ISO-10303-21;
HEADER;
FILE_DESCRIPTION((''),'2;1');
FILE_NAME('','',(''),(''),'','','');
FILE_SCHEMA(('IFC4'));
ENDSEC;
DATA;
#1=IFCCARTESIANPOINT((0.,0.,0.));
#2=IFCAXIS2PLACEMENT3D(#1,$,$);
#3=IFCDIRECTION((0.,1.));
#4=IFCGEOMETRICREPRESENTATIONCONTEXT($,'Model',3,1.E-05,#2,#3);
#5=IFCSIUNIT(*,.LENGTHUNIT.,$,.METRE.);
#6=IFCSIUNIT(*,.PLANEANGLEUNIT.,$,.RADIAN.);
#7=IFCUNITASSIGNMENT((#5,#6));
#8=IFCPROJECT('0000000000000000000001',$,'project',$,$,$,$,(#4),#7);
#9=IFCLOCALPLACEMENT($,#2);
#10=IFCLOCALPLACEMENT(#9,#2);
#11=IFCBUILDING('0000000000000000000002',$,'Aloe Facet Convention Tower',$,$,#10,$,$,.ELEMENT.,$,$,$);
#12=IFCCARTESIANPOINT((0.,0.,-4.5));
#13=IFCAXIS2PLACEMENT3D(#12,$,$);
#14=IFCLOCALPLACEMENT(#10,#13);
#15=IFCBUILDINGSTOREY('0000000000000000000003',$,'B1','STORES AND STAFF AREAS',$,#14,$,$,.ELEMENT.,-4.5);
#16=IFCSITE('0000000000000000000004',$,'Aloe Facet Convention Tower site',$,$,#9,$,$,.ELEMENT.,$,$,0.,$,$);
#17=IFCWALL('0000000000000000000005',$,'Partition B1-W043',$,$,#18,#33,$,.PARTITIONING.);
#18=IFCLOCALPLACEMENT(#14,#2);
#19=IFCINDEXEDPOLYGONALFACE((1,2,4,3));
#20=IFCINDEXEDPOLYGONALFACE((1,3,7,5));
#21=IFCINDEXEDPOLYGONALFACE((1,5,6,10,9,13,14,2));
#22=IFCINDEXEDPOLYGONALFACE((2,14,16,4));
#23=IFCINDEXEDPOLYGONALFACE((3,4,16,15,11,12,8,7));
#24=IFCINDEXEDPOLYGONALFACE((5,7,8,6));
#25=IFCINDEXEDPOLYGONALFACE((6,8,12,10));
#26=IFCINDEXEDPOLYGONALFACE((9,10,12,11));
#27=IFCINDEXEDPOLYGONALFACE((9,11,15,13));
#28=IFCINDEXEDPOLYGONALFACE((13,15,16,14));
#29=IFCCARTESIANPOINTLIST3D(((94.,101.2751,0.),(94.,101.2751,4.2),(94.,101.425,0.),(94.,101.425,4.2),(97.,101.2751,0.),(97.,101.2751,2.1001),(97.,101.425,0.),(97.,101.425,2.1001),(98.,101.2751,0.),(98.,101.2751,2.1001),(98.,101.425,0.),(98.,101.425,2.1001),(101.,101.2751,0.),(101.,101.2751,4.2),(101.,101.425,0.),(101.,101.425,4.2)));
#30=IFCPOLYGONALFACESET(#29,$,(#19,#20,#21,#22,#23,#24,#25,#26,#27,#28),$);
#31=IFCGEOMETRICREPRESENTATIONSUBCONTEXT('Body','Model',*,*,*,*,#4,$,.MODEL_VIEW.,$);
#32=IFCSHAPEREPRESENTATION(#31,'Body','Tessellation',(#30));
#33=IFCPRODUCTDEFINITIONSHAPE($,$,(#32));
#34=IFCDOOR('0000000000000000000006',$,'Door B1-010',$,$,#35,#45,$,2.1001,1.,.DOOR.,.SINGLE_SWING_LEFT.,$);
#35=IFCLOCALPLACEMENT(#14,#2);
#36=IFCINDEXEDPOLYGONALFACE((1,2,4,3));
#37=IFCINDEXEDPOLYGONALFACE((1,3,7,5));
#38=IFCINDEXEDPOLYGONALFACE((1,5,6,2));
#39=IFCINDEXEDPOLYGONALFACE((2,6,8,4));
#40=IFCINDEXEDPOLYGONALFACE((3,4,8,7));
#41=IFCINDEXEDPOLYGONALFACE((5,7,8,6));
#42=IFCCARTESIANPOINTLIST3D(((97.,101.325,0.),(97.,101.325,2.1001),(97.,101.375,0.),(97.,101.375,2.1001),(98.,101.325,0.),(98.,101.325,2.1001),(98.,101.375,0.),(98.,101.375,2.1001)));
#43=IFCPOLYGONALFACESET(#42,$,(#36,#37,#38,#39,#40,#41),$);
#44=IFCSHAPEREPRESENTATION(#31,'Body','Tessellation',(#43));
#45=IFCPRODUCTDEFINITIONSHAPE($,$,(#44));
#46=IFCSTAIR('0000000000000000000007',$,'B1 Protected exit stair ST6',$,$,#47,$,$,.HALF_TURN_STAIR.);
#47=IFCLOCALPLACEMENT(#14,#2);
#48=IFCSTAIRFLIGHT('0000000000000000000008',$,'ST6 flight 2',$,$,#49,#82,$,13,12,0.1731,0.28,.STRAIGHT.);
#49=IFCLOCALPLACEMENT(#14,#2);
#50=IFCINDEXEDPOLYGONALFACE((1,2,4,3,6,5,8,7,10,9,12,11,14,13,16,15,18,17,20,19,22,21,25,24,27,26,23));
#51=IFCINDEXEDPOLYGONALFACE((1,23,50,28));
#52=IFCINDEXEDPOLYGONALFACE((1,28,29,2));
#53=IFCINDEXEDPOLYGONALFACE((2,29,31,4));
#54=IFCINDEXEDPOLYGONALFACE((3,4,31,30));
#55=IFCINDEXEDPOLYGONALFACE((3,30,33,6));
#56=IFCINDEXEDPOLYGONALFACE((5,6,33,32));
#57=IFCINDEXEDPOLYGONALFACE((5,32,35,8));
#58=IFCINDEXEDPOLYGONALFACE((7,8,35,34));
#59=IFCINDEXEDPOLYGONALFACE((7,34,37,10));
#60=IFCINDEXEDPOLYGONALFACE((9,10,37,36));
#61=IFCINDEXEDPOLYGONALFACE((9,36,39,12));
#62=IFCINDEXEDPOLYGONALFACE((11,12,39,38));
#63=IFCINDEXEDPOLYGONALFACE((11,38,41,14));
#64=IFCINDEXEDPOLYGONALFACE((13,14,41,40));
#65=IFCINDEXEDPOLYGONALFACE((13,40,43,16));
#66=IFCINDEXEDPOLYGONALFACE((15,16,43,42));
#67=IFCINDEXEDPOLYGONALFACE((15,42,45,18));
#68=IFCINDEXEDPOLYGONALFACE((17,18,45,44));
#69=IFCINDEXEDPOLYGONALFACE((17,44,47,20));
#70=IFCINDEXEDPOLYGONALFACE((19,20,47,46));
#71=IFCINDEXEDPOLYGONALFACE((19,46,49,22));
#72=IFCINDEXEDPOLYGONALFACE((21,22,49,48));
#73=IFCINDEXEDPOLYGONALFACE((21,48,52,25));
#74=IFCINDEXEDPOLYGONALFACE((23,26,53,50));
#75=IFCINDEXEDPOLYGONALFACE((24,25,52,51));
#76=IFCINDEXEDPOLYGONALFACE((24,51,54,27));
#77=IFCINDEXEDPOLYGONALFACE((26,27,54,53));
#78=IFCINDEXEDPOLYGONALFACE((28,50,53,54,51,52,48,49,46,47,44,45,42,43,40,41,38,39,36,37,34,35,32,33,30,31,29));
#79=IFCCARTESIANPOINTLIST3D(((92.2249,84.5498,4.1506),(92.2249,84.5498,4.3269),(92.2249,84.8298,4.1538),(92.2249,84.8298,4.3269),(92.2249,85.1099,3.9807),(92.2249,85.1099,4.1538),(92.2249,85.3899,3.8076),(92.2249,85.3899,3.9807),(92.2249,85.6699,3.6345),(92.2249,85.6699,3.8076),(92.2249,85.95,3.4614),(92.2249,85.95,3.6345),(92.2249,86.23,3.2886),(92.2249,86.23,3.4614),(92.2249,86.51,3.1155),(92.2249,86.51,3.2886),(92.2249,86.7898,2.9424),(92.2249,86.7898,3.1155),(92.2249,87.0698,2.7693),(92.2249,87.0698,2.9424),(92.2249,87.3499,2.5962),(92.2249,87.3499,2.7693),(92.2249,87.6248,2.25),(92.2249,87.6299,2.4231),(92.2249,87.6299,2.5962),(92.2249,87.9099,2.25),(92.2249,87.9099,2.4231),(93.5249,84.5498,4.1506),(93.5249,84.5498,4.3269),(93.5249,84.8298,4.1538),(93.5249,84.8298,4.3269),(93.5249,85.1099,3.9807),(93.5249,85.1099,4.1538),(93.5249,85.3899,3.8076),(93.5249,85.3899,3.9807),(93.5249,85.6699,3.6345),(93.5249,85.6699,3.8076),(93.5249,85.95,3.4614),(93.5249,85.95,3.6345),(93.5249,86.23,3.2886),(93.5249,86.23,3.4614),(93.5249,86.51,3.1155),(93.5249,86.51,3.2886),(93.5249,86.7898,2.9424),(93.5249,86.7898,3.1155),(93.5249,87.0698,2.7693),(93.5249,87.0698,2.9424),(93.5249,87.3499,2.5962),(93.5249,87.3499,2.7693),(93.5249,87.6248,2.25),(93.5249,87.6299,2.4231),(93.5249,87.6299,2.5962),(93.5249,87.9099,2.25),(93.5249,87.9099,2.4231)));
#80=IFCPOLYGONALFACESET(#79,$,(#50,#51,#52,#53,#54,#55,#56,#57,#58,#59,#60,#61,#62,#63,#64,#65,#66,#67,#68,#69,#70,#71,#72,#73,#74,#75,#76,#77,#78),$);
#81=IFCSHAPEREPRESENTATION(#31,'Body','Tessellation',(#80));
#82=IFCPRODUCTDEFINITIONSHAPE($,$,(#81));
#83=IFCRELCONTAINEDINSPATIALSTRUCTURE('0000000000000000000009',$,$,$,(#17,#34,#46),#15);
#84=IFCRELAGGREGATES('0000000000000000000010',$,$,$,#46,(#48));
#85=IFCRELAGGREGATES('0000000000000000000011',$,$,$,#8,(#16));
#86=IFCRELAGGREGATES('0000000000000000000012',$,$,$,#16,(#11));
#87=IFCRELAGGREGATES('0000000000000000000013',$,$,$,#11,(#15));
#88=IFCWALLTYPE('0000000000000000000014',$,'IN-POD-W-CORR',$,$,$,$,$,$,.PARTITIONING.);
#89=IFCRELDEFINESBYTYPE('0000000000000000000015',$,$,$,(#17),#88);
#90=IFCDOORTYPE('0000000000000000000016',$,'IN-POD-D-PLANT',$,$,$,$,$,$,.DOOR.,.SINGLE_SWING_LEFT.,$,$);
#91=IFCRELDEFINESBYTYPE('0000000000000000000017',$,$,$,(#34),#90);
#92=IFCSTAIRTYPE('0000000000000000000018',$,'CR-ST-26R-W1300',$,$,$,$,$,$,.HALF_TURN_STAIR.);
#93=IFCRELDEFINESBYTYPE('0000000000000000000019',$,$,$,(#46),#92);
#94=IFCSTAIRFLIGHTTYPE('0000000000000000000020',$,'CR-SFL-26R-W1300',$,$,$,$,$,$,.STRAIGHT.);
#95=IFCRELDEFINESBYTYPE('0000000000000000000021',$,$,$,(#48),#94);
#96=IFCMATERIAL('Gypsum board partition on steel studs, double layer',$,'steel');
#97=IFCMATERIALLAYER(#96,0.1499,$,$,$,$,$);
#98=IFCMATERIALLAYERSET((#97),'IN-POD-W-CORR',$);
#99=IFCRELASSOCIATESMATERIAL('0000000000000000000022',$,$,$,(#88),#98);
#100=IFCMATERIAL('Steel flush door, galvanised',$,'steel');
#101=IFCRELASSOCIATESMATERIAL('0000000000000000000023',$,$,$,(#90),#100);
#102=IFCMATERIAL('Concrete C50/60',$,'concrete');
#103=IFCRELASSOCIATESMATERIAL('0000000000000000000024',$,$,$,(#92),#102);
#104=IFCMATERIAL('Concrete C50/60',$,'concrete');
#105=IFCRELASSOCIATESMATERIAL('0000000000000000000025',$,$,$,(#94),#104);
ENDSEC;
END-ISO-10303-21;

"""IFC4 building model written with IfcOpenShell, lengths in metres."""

from ifc_helpers import new_model, si_unit, direction, frame, frame_2d, origin, place, context, subcontext, project, spatial, polyline, rectangle, outline, extrude, material, layer, layer_set, type_object, element, fill, aggregate, save


model = new_model("IFC4")

# Units and contexts
model_context = context("Model", 3, precision=1e-05, world=origin(), true_north=direction((0.0, 1.0)))
body_context = subcontext(model_context, "Body", "Model", "MODEL_VIEW")
ifc_project = project(units=[si_unit("LENGTHUNIT", "METRE"), si_unit("PLANEANGLEUNIT", "RADIAN")], contexts=[model_context])

# Site, building, storey
site_placement = place(None, origin())
site = spatial("IfcSite", under=ifc_project, at=site_placement, Name="Aloe Facet Convention Tower site", CompositionType="ELEMENT", RefElevation=0.0)
building_placement = place(site_placement, origin())
building = spatial("IfcBuilding", under=site, at=building_placement, Name="Aloe Facet Convention Tower", CompositionType="ELEMENT")
storey_placement = place(building_placement, frame((0.0, 0.0, -4.5)))
storey = spatial("IfcBuildingStorey", under=building, at=storey_placement, Name="B1", Description="STORES AND STAFF AREAS", CompositionType="ELEMENT", Elevation=-4.5)

# Shared definitions
ifc_material_1 = material(Name="Gypsum board partition on steel studs, double layer", Category="steel")
ifc_layer_1 = layer(ifc_material_1, 0.1499)
ifc_layer_set_1 = layer_set([ifc_layer_1], Name="IN-POD-W-CORR")
wall_type_1 = type_object("IfcWallType", Name="IN-POD-W-CORR", PredefinedType="PARTITIONING", material=ifc_layer_set_1)

# Shared definitions
ifc_material_2 = material(Name="Steel flush door, galvanised", Category="steel")
door_type_1 = type_object("IfcDoorType", Name="IN-POD-D-PLANT", OperationType="SINGLE_SWING_LEFT", PredefinedType="DOOR", material=ifc_material_2)

# Wall, opening, door
wall_1_placement = place(storey_placement, frame((94.0, 101.3501, 0.0), z_axis=(0.0, 0.0, 1.0), x_axis=(1.0, 0.0, 0.0)))
wall_1 = element("IfcWall", 1, at=wall_1_placement, inside=storey, type_object=wall_type_1, Name="Partition B1-W043", PredefinedType="PARTITIONING", context=body_context, shape_type="SweptSolid", body=[
    extrude(rectangle(XDim=7.0, YDim=0.1499, at=frame_2d((3.5, 0.0))), origin(), (0.0, 0.0, 1.0), 4.2),
])
opening_1_placement = place(wall_1_placement, frame((3.0, 0.0, 0.0)))
opening_1 = element("IfcOpeningElement", 2, at=opening_1_placement, cuts=wall_1, PredefinedType="OPENING", context=body_context, shape_type="SweptSolid", body=[
    extrude(rectangle(XDim=1.0, YDim=2.1001, at=frame_2d((0.5, 1.05))), frame((0.0, 0.085, 0.0), z_axis=(0.0, -1.0, 0.0), x_axis=(1.0, 0.0, 0.0)), (0.0, 0.0, 1.0), 0.1699),
])
door_1_placement = place(opening_1_placement, origin())
door_1 = element("IfcDoor", 3, at=door_1_placement, inside=storey, type_object=door_type_1, Name="Door B1-010", OperationType="SINGLE_SWING_LEFT", OverallHeight=2.1001, OverallWidth=1.0, PredefinedType="DOOR", context=body_context, shape_type="SweptSolid", body=[
    extrude(rectangle(XDim=1.0, YDim=2.1001, at=frame_2d((0.5, 1.05))), frame((0.0, 0.0249, 0.0), z_axis=(0.0, -1.0, 0.0), x_axis=(1.0, 0.0, 0.0)), (0.0, 0.0, 1.0), 0.05),
])
fill(opening_1, door_1)

# Stair, stair flight
ifc_material_3 = material(Name="Concrete C50/60", Category="concrete")
stair_type = type_object("IfcStairType", Name="CR-ST-26R-W1300", PredefinedType="HALF_TURN_STAIR", material=ifc_material_3)
stair_placement = place(storey_placement, origin())
stair = element("IfcStair", 4, at=stair_placement, inside=storey, type_object=stair_type, Name="B1 Protected exit stair ST6", PredefinedType="HALF_TURN_STAIR")
ifc_material_4 = material(Name="Concrete C50/60", Category="concrete")
stair_flight_type = type_object("IfcStairFlightType", Name="CR-SFL-26R-W1300", PredefinedType="STRAIGHT", material=ifc_material_4)
stair_flight_placement = place(storey_placement, frame((92.875, 87.9099, 2.25), z_axis=(0.0, 0.0, 1.0), x_axis=(0.0, -1.0, 0.0)))
stair_flight = element("IfcStairFlight", 5, at=stair_flight_placement, type_object=stair_flight_type, Name="ST6 flight 2", NumberOfRisers=13, NumberOfTreads=12, PredefinedType="STRAIGHT", RiserHeight=0.1731, TreadLength=0.28, context=body_context, shape_type="SweptSolid", body=[
    extrude(outline(polyline([(0.0, 0.0), (0.0, 0.1731), (0.28, 0.1731), (0.28, 0.3462), (0.5601, 0.3462), (0.5601, 0.5193), (0.8401, 0.5193), (0.8401, 0.6924), (1.1201, 0.6924), (1.1201, 0.8655), (1.3999, 0.8655), (1.3999, 1.0386), (1.6799, 1.0386), (1.6799, 1.2114), (1.96, 1.2114), (1.96, 1.3845), (2.24, 1.3845), (2.24, 1.5576), (2.52, 1.5576), (2.52, 1.7307), (2.8, 1.7307), (2.8, 1.9038), (3.0801, 1.9038), (3.0801, 2.0769), (3.3601, 2.0769), (3.3601, 2.25), (3.3601, 1.9006), (0.2852, 0.0), (0.0, 0.0)])), frame((0.0, 0.6499, 0.0), z_axis=(0.0, -1.0, 0.0), x_axis=(1.0, 0.0, 0.0)), (0.0, 0.0, 1.0), 1.3),
])
aggregate(stair, [stair_flight])

save(model, "model.ifc")
